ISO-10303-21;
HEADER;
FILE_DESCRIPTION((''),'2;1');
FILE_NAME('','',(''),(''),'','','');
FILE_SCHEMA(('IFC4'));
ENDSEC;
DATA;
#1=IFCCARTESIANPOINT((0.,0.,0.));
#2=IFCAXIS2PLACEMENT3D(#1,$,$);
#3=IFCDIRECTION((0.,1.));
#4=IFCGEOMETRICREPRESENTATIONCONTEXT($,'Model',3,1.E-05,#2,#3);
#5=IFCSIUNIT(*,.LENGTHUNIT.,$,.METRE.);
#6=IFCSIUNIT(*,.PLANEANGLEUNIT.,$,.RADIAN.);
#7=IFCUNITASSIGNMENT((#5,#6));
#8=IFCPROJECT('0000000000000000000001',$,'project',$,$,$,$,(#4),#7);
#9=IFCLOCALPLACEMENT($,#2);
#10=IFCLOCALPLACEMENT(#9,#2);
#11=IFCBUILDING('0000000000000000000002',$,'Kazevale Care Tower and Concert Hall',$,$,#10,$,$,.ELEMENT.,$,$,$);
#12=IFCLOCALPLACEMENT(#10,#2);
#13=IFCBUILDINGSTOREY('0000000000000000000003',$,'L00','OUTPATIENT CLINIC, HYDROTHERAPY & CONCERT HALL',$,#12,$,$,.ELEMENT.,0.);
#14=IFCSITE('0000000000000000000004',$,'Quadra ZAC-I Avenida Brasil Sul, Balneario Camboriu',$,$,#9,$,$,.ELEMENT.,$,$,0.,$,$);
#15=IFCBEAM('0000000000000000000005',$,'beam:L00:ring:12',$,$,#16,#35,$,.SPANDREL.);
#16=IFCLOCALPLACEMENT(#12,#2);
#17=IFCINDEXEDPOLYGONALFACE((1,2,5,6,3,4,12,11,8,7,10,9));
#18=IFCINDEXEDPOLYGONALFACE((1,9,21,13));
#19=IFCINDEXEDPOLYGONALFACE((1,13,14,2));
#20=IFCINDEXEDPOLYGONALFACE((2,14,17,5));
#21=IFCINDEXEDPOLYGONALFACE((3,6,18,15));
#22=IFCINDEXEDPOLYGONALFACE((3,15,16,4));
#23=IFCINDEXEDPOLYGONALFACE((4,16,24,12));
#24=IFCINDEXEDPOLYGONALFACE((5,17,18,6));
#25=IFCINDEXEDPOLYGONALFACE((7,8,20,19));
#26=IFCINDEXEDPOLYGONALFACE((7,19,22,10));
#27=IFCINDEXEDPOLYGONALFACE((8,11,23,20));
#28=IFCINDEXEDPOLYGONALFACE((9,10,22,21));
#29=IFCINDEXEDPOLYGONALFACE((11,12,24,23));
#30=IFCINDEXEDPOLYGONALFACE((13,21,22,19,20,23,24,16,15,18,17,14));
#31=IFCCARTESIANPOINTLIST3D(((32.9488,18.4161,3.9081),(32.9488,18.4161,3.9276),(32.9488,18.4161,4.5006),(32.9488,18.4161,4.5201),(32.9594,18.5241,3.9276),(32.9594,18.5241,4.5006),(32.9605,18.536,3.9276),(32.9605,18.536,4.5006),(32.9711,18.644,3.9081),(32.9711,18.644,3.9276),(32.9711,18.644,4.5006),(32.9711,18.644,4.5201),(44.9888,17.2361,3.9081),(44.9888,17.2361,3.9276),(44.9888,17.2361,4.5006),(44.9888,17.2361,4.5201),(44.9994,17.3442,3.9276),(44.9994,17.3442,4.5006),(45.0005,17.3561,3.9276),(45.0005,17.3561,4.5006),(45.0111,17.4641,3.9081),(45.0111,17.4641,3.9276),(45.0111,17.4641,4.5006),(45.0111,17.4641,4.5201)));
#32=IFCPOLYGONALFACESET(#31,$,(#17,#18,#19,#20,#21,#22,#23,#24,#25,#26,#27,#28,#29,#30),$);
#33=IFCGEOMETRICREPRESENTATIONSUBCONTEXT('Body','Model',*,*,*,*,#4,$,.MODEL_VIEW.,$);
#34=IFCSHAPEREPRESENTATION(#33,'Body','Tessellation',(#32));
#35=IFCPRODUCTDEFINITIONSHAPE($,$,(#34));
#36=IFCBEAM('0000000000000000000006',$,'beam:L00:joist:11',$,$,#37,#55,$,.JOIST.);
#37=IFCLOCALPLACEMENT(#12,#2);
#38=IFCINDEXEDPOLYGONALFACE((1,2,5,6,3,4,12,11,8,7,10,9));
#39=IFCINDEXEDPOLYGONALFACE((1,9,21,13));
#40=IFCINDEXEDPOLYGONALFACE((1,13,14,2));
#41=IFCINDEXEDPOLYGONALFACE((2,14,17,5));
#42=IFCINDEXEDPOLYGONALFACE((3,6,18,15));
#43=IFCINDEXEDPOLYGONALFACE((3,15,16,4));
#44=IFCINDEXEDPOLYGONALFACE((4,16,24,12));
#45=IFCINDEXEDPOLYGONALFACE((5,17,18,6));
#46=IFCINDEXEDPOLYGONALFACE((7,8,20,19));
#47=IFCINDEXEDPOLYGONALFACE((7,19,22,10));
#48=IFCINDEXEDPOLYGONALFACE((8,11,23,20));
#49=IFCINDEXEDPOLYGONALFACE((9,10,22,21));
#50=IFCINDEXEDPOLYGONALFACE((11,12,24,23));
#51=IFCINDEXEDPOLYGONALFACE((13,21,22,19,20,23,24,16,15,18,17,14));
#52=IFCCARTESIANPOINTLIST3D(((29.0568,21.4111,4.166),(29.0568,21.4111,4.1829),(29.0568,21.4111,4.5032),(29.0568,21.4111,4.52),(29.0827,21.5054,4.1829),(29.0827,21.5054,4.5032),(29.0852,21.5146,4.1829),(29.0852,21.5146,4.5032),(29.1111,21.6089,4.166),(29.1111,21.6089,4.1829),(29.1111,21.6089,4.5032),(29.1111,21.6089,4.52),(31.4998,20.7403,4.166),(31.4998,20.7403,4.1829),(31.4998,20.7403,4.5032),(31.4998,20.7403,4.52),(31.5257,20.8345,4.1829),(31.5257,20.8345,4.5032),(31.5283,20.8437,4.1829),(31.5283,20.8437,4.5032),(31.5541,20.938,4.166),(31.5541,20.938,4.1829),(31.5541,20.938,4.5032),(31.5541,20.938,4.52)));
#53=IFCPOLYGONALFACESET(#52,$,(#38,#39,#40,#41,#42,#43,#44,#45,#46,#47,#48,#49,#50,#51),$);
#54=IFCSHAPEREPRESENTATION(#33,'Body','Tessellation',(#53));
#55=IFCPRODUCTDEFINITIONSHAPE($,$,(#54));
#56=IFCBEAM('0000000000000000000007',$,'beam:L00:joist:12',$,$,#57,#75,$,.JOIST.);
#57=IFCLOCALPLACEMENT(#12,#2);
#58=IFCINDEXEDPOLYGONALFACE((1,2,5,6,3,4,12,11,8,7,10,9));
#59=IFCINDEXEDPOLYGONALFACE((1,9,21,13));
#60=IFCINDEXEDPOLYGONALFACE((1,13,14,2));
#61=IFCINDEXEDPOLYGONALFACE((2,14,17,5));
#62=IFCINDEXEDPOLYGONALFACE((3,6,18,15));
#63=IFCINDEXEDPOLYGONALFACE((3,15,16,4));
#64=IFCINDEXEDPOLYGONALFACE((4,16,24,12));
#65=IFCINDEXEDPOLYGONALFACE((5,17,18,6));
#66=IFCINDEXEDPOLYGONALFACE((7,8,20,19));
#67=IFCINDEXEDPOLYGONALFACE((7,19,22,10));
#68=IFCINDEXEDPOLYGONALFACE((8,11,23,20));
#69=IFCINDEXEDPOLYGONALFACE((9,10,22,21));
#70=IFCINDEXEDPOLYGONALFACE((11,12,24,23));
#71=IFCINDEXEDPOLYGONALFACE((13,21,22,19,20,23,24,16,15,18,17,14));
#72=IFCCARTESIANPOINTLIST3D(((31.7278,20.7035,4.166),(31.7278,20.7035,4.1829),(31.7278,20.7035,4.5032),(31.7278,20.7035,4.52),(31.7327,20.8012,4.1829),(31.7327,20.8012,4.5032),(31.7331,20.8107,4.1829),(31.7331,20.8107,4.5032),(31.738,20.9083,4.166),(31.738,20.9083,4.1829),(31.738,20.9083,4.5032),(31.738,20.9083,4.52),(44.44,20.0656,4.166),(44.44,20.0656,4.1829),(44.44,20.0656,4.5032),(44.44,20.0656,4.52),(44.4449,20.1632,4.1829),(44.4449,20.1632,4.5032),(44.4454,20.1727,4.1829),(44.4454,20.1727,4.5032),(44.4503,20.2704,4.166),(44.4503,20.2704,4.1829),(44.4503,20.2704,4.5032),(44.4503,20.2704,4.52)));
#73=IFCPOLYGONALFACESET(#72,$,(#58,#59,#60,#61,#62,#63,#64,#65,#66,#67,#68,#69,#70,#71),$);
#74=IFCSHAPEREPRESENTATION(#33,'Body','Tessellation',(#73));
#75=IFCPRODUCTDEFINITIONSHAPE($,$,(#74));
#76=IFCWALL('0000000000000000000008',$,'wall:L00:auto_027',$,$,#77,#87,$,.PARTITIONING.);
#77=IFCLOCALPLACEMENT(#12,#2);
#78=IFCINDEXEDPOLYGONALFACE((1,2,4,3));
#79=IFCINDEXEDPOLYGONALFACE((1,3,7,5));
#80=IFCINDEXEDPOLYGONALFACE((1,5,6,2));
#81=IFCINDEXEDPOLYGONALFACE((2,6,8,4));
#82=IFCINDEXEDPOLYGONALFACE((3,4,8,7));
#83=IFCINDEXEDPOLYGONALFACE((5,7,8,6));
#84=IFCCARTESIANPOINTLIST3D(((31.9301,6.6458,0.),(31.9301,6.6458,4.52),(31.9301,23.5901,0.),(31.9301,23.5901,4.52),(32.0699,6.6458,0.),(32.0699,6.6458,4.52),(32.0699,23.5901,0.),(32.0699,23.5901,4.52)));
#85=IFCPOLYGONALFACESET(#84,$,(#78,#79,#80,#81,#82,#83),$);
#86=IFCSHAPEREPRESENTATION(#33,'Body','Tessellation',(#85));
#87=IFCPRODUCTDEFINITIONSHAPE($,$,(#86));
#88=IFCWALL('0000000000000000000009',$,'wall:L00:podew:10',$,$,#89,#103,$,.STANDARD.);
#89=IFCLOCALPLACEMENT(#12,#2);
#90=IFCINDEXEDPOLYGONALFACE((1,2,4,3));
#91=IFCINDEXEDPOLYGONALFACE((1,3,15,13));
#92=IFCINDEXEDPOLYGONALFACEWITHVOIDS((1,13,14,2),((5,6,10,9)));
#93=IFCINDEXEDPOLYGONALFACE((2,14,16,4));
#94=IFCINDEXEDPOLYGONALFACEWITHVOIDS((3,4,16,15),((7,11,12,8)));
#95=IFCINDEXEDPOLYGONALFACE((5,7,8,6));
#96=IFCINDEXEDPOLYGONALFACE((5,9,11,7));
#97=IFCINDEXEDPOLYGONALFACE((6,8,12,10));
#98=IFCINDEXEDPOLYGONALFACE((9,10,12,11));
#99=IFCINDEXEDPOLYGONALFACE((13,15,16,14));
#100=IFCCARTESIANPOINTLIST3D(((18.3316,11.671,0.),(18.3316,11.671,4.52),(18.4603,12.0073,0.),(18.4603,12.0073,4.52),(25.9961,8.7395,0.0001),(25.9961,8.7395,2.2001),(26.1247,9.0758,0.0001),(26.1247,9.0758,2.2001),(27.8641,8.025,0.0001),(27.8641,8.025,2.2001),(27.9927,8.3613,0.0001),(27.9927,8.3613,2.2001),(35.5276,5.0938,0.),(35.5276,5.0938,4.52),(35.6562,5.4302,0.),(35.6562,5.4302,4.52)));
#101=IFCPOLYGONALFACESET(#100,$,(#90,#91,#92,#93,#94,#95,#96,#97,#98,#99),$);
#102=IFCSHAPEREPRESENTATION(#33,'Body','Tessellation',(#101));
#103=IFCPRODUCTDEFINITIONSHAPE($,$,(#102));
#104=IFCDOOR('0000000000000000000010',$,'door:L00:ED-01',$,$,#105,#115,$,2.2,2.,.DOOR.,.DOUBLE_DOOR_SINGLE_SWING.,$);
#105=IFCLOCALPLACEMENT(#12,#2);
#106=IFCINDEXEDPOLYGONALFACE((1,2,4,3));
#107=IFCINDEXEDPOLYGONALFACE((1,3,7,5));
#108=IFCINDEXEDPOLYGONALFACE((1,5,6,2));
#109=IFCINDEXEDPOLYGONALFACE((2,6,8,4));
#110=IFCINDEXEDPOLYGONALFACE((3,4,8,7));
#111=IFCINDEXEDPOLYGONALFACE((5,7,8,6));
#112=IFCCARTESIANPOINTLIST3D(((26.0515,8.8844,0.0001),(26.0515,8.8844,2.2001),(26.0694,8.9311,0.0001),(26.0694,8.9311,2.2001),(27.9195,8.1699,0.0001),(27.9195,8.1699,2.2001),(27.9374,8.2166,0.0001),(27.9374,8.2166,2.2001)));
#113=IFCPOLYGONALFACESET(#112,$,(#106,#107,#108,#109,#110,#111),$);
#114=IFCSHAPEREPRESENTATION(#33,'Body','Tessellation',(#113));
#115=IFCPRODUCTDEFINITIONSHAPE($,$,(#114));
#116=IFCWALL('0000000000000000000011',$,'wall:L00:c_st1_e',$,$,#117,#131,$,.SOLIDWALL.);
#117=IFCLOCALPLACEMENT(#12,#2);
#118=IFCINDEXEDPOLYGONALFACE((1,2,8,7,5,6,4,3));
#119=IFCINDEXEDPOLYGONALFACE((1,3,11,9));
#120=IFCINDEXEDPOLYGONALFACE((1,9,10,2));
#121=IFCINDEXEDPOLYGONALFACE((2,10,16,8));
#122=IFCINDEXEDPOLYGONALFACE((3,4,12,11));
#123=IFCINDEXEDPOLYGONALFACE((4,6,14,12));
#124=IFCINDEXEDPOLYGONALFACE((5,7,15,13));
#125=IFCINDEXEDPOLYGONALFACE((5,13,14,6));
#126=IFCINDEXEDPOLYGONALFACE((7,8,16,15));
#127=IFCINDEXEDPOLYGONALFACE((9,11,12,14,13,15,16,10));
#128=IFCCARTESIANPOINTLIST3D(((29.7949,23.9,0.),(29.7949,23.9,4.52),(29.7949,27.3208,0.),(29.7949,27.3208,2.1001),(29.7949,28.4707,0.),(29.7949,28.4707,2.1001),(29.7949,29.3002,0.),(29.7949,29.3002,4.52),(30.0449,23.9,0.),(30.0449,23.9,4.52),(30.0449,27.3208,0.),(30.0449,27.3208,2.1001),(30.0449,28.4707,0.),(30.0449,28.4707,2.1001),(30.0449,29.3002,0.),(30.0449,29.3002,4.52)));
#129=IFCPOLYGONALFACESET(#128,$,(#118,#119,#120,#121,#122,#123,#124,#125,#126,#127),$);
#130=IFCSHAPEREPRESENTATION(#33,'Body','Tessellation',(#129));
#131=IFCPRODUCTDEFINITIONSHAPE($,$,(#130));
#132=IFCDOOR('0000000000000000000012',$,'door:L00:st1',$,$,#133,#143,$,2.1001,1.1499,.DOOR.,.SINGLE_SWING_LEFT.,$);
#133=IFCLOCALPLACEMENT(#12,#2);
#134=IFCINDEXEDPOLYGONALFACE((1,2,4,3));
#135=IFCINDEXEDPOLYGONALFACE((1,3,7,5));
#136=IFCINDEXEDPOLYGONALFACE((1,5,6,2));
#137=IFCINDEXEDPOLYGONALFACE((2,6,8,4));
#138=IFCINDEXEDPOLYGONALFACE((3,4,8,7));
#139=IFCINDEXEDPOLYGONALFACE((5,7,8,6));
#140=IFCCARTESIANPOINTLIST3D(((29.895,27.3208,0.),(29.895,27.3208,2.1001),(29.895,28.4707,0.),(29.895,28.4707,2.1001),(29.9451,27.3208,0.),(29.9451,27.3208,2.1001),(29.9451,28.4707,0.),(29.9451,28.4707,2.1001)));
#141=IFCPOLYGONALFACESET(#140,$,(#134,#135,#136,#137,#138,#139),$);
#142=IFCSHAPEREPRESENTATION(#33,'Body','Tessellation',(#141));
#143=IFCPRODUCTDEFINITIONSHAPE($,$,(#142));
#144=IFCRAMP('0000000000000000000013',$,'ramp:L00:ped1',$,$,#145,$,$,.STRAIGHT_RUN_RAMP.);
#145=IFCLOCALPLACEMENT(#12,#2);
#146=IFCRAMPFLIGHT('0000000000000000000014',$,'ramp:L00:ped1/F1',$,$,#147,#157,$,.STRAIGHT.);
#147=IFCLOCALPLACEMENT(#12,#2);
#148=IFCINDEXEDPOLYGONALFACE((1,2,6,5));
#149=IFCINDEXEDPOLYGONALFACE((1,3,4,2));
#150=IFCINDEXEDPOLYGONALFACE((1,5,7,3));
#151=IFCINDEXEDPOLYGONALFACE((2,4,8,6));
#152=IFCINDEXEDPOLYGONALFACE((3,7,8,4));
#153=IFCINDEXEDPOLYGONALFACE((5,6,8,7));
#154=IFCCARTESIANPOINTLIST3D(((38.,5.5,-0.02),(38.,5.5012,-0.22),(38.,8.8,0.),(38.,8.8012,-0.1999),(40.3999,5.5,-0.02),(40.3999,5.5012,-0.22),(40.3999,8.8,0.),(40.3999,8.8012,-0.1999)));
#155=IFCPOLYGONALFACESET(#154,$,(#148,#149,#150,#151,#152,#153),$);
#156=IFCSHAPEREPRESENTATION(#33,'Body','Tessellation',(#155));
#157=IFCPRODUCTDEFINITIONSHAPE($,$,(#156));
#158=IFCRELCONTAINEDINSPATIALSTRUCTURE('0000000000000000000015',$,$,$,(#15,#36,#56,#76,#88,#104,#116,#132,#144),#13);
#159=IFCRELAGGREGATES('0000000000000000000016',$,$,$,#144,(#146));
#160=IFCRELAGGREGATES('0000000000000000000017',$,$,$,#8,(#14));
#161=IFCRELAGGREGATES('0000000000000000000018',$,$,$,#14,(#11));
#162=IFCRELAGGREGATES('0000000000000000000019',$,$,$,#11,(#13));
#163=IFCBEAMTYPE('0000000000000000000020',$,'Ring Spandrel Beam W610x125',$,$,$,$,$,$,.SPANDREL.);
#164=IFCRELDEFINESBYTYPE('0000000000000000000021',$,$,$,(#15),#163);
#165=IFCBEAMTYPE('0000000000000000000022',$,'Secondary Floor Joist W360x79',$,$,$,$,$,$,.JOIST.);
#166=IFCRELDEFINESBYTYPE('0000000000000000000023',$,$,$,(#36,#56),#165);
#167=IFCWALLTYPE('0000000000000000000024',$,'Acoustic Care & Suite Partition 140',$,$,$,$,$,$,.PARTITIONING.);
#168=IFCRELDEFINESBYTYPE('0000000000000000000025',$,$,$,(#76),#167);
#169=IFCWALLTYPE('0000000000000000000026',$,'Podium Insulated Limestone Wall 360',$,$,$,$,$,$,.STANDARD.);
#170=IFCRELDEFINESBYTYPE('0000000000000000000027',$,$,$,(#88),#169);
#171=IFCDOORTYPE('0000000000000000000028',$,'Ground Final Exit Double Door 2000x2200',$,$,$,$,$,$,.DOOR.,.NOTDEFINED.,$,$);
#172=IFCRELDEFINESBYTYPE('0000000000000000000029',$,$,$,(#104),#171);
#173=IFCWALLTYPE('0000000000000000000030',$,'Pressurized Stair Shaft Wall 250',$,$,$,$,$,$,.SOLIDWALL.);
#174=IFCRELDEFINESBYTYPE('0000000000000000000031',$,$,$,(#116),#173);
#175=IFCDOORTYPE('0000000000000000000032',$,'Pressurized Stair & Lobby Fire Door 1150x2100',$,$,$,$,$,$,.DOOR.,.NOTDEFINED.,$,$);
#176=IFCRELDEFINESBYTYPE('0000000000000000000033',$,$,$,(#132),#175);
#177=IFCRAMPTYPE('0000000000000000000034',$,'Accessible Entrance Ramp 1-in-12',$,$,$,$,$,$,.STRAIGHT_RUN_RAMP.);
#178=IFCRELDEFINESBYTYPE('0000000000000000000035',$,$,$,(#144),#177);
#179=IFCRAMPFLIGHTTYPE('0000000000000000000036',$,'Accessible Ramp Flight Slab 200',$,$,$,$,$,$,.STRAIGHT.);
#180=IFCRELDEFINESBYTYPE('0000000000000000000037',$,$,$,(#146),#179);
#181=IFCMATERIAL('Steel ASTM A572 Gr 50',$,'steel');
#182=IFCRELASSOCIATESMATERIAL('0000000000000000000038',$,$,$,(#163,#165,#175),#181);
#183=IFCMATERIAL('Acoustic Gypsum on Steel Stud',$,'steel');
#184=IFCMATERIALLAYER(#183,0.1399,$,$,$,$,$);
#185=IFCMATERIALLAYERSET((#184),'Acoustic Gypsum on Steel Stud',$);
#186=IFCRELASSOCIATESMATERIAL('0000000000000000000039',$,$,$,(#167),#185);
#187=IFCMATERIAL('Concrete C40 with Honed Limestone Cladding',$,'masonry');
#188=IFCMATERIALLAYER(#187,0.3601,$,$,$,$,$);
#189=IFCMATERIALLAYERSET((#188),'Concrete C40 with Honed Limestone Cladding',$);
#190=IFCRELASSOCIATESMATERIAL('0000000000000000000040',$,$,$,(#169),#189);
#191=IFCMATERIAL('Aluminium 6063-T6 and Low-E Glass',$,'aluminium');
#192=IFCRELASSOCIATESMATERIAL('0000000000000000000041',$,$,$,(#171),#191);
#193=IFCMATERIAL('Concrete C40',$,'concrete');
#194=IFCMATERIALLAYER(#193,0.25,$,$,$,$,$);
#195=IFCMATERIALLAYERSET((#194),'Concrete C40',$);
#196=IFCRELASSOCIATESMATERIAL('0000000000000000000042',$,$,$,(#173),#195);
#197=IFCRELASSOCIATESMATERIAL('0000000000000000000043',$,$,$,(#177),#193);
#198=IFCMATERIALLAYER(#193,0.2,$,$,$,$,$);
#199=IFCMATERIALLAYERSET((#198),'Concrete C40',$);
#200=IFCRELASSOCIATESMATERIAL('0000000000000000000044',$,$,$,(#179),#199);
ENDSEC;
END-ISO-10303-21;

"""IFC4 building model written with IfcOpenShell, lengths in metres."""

from ifc_helpers import new_model, si_unit, direction, frame, frame_2d, origin, origin_2d, place, context, subcontext, project, spatial, polyline, rectangle, i_section, outline, extrude, material, layer, layer_set, material_profile, profile_set, type_object, element, fill, aggregate, save


model = new_model("IFC4")

# Units and contexts
model_context = context("Model", 3, precision=1e-05, world=origin(), true_north=direction((0.0, 1.0)))
body_context = subcontext(model_context, "Body", "Model", "MODEL_VIEW")
ifc_project = project(units=[si_unit("LENGTHUNIT", "METRE"), si_unit("PLANEANGLEUNIT", "RADIAN")], contexts=[model_context])

# Site, building, storey
site_placement = place(None, origin())
site = spatial("IfcSite", under=ifc_project, at=site_placement, Name="Quadra ZAC-I Avenida Brasil Sul, Balneario Camboriu", CompositionType="ELEMENT", RefElevation=0.0)
building_placement = place(site_placement, origin())
building = spatial("IfcBuilding", under=site, at=building_placement, Name="Kazevale Care Tower and Concert Hall", CompositionType="ELEMENT")
storey_placement = place(building_placement, origin())
storey = spatial("IfcBuildingStorey", under=building, at=storey_placement, Name="L00", Description="OUTPATIENT CLINIC, HYDROTHERAPY & CONCERT HALL", CompositionType="ELEMENT", Elevation=0.0)

# Beams
ifc_material_1 = material(Name="Steel ASTM A572 Gr 50", Category="steel")
ifc_material_profile_1 = material_profile(ifc_material_1, i_section(OverallWidth=0.229, OverallDepth=0.6121, WebThickness=0.012, FlangeThickness=0.0195, at=origin_2d()), Name="W610x125")
ifc_profile_set_1 = profile_set([ifc_material_profile_1], Name="Steel ASTM A572 Gr 50")
beam_type_1 = type_object("IfcBeamType", Name="Ring Spandrel Beam W610x125", PredefinedType="SPANDREL", material=ifc_profile_set_1)
beam_1_placement = place(storey_placement, frame((32.96, 18.53, 4.2141), z_axis=(0.995232, -0.097533, 0.0), x_axis=(0.097533, 0.995232, 0.0)))
element("IfcBeam", 1, at=beam_1_placement, inside=storey, type_object=beam_type_1, Name="beam:L00:ring:12", PredefinedType="SPANDREL", context=body_context, shape_type="SweptSolid", body=[
    extrude(i_section(OverallWidth=0.229, OverallDepth=0.6121, WebThickness=0.012, FlangeThickness=0.0195, at=origin_2d()), origin(), (0.0, 0.0, 1.0), 12.0977),
])
ifc_material_profile_2 = material_profile(ifc_material_1, i_section(OverallWidth=0.2051, OverallDepth=0.354, WebThickness=0.0095, FlangeThickness=0.0168, at=origin_2d()), Name="W360x79")
ifc_profile_set_2 = profile_set([ifc_material_profile_2], Name="Steel ASTM A572 Gr 50")
beam_type_2 = type_object("IfcBeamType", Name="Secondary Floor Joist W360x79", PredefinedType="JOIST", material=ifc_profile_set_2)
beam_2_placement = place(storey_placement, frame((29.084, 21.51, 4.343), z_axis=(0.964302, -0.264805, 0.0), x_axis=(0.264805, 0.964302, 0.0)))
element("IfcBeam", 2, at=beam_2_placement, inside=storey, type_object=beam_type_2, Name="beam:L00:joist:11", PredefinedType="JOIST", context=body_context, shape_type="SweptSolid", body=[
    extrude(i_section(OverallWidth=0.2051, OverallDepth=0.354, WebThickness=0.0095, FlangeThickness=0.0168, at=origin_2d()), origin(), (0.0, 0.0, 1.0), 2.5334),
])
beam_3_placement = place(storey_placement, frame((31.7329, 20.8059, 4.343), z_axis=(0.998743, -0.05012, 0.0), x_axis=(0.05012, 0.998743, 0.0)))
element("IfcBeam", 3, at=beam_3_placement, inside=storey, type_object=beam_type_2, Name="beam:L00:joist:12", PredefinedType="JOIST", context=body_context, shape_type="SweptSolid", body=[
    extrude(i_section(OverallWidth=0.2051, OverallDepth=0.354, WebThickness=0.0095, FlangeThickness=0.0168, at=origin_2d()), origin(), (0.0, 0.0, 1.0), 12.7283),
])

# Wall
ifc_material_2 = material(Name="Acoustic Gypsum on Steel Stud", Category="steel")
ifc_layer_1 = layer(ifc_material_2, 0.1399)
ifc_layer_set_1 = layer_set([ifc_layer_1], Name="Acoustic Gypsum on Steel Stud")
wall_type_1 = type_object("IfcWallType", Name="Acoustic Care & Suite Partition 140", PredefinedType="PARTITIONING", material=ifc_layer_set_1)
wall_1_placement = place(storey_placement, frame((32.0, 23.5901, 0.0), z_axis=(0.0, 0.0, 1.0), x_axis=(0.0, -1.0, 0.0)))
element("IfcWall", 4, at=wall_1_placement, inside=storey, type_object=wall_type_1, Name="wall:L00:auto_027", PredefinedType="PARTITIONING", context=body_context, shape_type="SweptSolid", body=[
    extrude(rectangle(XDim=16.9443, YDim=0.1399, at=frame_2d((8.4722, 0.0))), origin(), (0.0, 0.0, 1.0), 4.52),
])

# Walls, openings, doors
ifc_material_3 = material(Name="Concrete C40 with Honed Limestone Cladding", Category="masonry")
ifc_layer_2 = layer(ifc_material_3, 0.3601)
ifc_layer_set_2 = layer_set([ifc_layer_2], Name="Concrete C40 with Honed Limestone Cladding")
wall_type_2 = type_object("IfcWallType", Name="Podium Insulated Limestone Wall 360", PredefinedType="STANDARD", material=ifc_layer_set_2)
wall_2_placement = place(storey_placement, frame((35.592, 5.262, 0.0), z_axis=(0.0, 0.0, 1.0), x_axis=(-0.934012, 0.357241, 0.0)))
wall_2 = element("IfcWall", 5, at=wall_2_placement, inside=storey, type_object=wall_type_2, Name="wall:L00:podew:10", PredefinedType="STANDARD", context=body_context, shape_type="SweptSolid", body=[
    extrude(rectangle(XDim=18.4109, YDim=0.3601, at=frame_2d((9.2056, 0.0))), origin(), (0.0, 0.0, 1.0), 4.52),
])
opening_1_placement = place(wall_2_placement, frame((8.2051, 0.0, 0.0)))
opening_1 = element("IfcOpeningElement", 6, at=opening_1_placement, cuts=wall_2, PredefinedType="OPENING", context=body_context, shape_type="SweptSolid", body=[
    extrude(rectangle(XDim=2.0, YDim=2.2, at=frame_2d((1.0, 1.1001))), frame((0.0, 0.1899, 0.0), z_axis=(0.0, -1.0, 0.0), x_axis=(1.0, 0.0, 0.0)), (0.0, 0.0, 1.0), 0.3801),
])
ifc_material_4 = material(Name="Aluminium 6063-T6 and Low-E Glass", Category="aluminium")
door_type_1 = type_object("IfcDoorType", Name="Ground Final Exit Double Door 2000x2200", OperationType="NOTDEFINED", PredefinedType="DOOR", material=ifc_material_4)
door_1_placement = place(opening_1_placement, origin())
door_1 = element("IfcDoor", 7, at=door_1_placement, inside=storey, type_object=door_type_1, Name="door:L00:ED-01", OperationType="DOUBLE_DOOR_SINGLE_SWING", OverallHeight=2.2, OverallWidth=2.0, PredefinedType="DOOR", context=body_context, shape_type="SweptSolid", body=[
    extrude(rectangle(XDim=2.0, YDim=2.2, at=frame_2d((1.0, 1.1001))), frame((0.0, 0.0249, 0.0), z_axis=(0.0, -1.0, 0.0), x_axis=(1.0, 0.0, 0.0)), (0.0, 0.0, 1.0), 0.05),
])
fill(opening_1, door_1)
ifc_material_5 = material(Name="Concrete C40", Category="concrete")
ifc_layer_3 = layer(ifc_material_5, 0.25)
ifc_layer_set_3 = layer_set([ifc_layer_3], Name="Concrete C40")
wall_type_3 = type_object("IfcWallType", Name="Pressurized Stair Shaft Wall 250", PredefinedType="SOLIDWALL", material=ifc_layer_set_3)
wall_3_placement = place(storey_placement, frame((29.9199, 23.8999, 0.0), z_axis=(0.0, 0.0, 1.0), x_axis=(0.0, 1.0, 0.0)))
wall_3 = element("IfcWall", 8, at=wall_3_placement, inside=storey, type_object=wall_type_3, Name="wall:L00:c_st1_e", PredefinedType="SOLIDWALL", context=body_context, shape_type="SweptSolid", body=[
    extrude(rectangle(XDim=5.4001, YDim=0.25, at=frame_2d((2.7002, 0.0))), origin(), (0.0, 0.0, 1.0), 4.52),
])
opening_2_placement = place(wall_3_placement, frame((3.4209, 0.0, 0.0)))
opening_2 = element("IfcOpeningElement", 9, at=opening_2_placement, cuts=wall_3, PredefinedType="OPENING", context=body_context, shape_type="SweptSolid", body=[
    extrude(rectangle(XDim=1.1499, YDim=2.1001, at=frame_2d((0.575, 1.05))), frame((0.0, 0.135, 0.0), z_axis=(0.0, -1.0, 0.0), x_axis=(1.0, 0.0, 0.0)), (0.0, 0.0, 1.0), 0.27),
])
door_type_2 = type_object("IfcDoorType", Name="Pressurized Stair & Lobby Fire Door 1150x2100", OperationType="NOTDEFINED", PredefinedType="DOOR", material=ifc_material_1)
door_2_placement = place(opening_2_placement, origin())
door_2 = element("IfcDoor", 10, at=door_2_placement, inside=storey, type_object=door_type_2, Name="door:L00:st1", OperationType="SINGLE_SWING_LEFT", OverallHeight=2.1001, OverallWidth=1.1499, PredefinedType="DOOR", context=body_context, shape_type="SweptSolid", body=[
    extrude(rectangle(XDim=1.1499, YDim=2.1001, at=frame_2d((0.575, 1.05))), frame((0.0, 0.0249, 0.0), z_axis=(0.0, -1.0, 0.0), x_axis=(1.0, 0.0, 0.0)), (0.0, 0.0, 1.0), 0.05),
])
fill(opening_2, door_2)

# Ramp, ramp flight
ramp_type = type_object("IfcRampType", Name="Accessible Entrance Ramp 1-in-12", PredefinedType="STRAIGHT_RUN_RAMP", material=ifc_material_5)
ramp_placement = place(storey_placement, origin())
ramp = element("IfcRamp", 11, at=ramp_placement, inside=storey, type_object=ramp_type, Name="ramp:L00:ped1", PredefinedType="STRAIGHT_RUN_RAMP")
ifc_layer_4 = layer(ifc_material_5, 0.2)
ifc_layer_set_4 = layer_set([ifc_layer_4], Name="Concrete C40")
ramp_flight_type = type_object("IfcRampFlightType", Name="Accessible Ramp Flight Slab 200", PredefinedType="STRAIGHT", material=ifc_layer_set_4)
ramp_flight_placement = place(storey_placement, frame((38.0, 5.5, -0.02), z_axis=(0.0, -0.006066, 0.999982), x_axis=(0.0, 0.999982, 0.006066)))
ramp_flight = element("IfcRampFlight", 12, at=ramp_flight_placement, type_object=ramp_flight_type, Name="ramp:L00:ped1/F1", PredefinedType="STRAIGHT", context=body_context, shape_type="SweptSolid", body=[
    extrude(outline(polyline([(0.0, 0.0), (3.3, 0.0), (3.3, -2.3999), (0.0, -2.3999), (0.0, 0.0)])), origin(), (0.0, 0.0, -1.0), 0.2),
])
aggregate(ramp, [ramp_flight])

save(model, "model.ifc")
